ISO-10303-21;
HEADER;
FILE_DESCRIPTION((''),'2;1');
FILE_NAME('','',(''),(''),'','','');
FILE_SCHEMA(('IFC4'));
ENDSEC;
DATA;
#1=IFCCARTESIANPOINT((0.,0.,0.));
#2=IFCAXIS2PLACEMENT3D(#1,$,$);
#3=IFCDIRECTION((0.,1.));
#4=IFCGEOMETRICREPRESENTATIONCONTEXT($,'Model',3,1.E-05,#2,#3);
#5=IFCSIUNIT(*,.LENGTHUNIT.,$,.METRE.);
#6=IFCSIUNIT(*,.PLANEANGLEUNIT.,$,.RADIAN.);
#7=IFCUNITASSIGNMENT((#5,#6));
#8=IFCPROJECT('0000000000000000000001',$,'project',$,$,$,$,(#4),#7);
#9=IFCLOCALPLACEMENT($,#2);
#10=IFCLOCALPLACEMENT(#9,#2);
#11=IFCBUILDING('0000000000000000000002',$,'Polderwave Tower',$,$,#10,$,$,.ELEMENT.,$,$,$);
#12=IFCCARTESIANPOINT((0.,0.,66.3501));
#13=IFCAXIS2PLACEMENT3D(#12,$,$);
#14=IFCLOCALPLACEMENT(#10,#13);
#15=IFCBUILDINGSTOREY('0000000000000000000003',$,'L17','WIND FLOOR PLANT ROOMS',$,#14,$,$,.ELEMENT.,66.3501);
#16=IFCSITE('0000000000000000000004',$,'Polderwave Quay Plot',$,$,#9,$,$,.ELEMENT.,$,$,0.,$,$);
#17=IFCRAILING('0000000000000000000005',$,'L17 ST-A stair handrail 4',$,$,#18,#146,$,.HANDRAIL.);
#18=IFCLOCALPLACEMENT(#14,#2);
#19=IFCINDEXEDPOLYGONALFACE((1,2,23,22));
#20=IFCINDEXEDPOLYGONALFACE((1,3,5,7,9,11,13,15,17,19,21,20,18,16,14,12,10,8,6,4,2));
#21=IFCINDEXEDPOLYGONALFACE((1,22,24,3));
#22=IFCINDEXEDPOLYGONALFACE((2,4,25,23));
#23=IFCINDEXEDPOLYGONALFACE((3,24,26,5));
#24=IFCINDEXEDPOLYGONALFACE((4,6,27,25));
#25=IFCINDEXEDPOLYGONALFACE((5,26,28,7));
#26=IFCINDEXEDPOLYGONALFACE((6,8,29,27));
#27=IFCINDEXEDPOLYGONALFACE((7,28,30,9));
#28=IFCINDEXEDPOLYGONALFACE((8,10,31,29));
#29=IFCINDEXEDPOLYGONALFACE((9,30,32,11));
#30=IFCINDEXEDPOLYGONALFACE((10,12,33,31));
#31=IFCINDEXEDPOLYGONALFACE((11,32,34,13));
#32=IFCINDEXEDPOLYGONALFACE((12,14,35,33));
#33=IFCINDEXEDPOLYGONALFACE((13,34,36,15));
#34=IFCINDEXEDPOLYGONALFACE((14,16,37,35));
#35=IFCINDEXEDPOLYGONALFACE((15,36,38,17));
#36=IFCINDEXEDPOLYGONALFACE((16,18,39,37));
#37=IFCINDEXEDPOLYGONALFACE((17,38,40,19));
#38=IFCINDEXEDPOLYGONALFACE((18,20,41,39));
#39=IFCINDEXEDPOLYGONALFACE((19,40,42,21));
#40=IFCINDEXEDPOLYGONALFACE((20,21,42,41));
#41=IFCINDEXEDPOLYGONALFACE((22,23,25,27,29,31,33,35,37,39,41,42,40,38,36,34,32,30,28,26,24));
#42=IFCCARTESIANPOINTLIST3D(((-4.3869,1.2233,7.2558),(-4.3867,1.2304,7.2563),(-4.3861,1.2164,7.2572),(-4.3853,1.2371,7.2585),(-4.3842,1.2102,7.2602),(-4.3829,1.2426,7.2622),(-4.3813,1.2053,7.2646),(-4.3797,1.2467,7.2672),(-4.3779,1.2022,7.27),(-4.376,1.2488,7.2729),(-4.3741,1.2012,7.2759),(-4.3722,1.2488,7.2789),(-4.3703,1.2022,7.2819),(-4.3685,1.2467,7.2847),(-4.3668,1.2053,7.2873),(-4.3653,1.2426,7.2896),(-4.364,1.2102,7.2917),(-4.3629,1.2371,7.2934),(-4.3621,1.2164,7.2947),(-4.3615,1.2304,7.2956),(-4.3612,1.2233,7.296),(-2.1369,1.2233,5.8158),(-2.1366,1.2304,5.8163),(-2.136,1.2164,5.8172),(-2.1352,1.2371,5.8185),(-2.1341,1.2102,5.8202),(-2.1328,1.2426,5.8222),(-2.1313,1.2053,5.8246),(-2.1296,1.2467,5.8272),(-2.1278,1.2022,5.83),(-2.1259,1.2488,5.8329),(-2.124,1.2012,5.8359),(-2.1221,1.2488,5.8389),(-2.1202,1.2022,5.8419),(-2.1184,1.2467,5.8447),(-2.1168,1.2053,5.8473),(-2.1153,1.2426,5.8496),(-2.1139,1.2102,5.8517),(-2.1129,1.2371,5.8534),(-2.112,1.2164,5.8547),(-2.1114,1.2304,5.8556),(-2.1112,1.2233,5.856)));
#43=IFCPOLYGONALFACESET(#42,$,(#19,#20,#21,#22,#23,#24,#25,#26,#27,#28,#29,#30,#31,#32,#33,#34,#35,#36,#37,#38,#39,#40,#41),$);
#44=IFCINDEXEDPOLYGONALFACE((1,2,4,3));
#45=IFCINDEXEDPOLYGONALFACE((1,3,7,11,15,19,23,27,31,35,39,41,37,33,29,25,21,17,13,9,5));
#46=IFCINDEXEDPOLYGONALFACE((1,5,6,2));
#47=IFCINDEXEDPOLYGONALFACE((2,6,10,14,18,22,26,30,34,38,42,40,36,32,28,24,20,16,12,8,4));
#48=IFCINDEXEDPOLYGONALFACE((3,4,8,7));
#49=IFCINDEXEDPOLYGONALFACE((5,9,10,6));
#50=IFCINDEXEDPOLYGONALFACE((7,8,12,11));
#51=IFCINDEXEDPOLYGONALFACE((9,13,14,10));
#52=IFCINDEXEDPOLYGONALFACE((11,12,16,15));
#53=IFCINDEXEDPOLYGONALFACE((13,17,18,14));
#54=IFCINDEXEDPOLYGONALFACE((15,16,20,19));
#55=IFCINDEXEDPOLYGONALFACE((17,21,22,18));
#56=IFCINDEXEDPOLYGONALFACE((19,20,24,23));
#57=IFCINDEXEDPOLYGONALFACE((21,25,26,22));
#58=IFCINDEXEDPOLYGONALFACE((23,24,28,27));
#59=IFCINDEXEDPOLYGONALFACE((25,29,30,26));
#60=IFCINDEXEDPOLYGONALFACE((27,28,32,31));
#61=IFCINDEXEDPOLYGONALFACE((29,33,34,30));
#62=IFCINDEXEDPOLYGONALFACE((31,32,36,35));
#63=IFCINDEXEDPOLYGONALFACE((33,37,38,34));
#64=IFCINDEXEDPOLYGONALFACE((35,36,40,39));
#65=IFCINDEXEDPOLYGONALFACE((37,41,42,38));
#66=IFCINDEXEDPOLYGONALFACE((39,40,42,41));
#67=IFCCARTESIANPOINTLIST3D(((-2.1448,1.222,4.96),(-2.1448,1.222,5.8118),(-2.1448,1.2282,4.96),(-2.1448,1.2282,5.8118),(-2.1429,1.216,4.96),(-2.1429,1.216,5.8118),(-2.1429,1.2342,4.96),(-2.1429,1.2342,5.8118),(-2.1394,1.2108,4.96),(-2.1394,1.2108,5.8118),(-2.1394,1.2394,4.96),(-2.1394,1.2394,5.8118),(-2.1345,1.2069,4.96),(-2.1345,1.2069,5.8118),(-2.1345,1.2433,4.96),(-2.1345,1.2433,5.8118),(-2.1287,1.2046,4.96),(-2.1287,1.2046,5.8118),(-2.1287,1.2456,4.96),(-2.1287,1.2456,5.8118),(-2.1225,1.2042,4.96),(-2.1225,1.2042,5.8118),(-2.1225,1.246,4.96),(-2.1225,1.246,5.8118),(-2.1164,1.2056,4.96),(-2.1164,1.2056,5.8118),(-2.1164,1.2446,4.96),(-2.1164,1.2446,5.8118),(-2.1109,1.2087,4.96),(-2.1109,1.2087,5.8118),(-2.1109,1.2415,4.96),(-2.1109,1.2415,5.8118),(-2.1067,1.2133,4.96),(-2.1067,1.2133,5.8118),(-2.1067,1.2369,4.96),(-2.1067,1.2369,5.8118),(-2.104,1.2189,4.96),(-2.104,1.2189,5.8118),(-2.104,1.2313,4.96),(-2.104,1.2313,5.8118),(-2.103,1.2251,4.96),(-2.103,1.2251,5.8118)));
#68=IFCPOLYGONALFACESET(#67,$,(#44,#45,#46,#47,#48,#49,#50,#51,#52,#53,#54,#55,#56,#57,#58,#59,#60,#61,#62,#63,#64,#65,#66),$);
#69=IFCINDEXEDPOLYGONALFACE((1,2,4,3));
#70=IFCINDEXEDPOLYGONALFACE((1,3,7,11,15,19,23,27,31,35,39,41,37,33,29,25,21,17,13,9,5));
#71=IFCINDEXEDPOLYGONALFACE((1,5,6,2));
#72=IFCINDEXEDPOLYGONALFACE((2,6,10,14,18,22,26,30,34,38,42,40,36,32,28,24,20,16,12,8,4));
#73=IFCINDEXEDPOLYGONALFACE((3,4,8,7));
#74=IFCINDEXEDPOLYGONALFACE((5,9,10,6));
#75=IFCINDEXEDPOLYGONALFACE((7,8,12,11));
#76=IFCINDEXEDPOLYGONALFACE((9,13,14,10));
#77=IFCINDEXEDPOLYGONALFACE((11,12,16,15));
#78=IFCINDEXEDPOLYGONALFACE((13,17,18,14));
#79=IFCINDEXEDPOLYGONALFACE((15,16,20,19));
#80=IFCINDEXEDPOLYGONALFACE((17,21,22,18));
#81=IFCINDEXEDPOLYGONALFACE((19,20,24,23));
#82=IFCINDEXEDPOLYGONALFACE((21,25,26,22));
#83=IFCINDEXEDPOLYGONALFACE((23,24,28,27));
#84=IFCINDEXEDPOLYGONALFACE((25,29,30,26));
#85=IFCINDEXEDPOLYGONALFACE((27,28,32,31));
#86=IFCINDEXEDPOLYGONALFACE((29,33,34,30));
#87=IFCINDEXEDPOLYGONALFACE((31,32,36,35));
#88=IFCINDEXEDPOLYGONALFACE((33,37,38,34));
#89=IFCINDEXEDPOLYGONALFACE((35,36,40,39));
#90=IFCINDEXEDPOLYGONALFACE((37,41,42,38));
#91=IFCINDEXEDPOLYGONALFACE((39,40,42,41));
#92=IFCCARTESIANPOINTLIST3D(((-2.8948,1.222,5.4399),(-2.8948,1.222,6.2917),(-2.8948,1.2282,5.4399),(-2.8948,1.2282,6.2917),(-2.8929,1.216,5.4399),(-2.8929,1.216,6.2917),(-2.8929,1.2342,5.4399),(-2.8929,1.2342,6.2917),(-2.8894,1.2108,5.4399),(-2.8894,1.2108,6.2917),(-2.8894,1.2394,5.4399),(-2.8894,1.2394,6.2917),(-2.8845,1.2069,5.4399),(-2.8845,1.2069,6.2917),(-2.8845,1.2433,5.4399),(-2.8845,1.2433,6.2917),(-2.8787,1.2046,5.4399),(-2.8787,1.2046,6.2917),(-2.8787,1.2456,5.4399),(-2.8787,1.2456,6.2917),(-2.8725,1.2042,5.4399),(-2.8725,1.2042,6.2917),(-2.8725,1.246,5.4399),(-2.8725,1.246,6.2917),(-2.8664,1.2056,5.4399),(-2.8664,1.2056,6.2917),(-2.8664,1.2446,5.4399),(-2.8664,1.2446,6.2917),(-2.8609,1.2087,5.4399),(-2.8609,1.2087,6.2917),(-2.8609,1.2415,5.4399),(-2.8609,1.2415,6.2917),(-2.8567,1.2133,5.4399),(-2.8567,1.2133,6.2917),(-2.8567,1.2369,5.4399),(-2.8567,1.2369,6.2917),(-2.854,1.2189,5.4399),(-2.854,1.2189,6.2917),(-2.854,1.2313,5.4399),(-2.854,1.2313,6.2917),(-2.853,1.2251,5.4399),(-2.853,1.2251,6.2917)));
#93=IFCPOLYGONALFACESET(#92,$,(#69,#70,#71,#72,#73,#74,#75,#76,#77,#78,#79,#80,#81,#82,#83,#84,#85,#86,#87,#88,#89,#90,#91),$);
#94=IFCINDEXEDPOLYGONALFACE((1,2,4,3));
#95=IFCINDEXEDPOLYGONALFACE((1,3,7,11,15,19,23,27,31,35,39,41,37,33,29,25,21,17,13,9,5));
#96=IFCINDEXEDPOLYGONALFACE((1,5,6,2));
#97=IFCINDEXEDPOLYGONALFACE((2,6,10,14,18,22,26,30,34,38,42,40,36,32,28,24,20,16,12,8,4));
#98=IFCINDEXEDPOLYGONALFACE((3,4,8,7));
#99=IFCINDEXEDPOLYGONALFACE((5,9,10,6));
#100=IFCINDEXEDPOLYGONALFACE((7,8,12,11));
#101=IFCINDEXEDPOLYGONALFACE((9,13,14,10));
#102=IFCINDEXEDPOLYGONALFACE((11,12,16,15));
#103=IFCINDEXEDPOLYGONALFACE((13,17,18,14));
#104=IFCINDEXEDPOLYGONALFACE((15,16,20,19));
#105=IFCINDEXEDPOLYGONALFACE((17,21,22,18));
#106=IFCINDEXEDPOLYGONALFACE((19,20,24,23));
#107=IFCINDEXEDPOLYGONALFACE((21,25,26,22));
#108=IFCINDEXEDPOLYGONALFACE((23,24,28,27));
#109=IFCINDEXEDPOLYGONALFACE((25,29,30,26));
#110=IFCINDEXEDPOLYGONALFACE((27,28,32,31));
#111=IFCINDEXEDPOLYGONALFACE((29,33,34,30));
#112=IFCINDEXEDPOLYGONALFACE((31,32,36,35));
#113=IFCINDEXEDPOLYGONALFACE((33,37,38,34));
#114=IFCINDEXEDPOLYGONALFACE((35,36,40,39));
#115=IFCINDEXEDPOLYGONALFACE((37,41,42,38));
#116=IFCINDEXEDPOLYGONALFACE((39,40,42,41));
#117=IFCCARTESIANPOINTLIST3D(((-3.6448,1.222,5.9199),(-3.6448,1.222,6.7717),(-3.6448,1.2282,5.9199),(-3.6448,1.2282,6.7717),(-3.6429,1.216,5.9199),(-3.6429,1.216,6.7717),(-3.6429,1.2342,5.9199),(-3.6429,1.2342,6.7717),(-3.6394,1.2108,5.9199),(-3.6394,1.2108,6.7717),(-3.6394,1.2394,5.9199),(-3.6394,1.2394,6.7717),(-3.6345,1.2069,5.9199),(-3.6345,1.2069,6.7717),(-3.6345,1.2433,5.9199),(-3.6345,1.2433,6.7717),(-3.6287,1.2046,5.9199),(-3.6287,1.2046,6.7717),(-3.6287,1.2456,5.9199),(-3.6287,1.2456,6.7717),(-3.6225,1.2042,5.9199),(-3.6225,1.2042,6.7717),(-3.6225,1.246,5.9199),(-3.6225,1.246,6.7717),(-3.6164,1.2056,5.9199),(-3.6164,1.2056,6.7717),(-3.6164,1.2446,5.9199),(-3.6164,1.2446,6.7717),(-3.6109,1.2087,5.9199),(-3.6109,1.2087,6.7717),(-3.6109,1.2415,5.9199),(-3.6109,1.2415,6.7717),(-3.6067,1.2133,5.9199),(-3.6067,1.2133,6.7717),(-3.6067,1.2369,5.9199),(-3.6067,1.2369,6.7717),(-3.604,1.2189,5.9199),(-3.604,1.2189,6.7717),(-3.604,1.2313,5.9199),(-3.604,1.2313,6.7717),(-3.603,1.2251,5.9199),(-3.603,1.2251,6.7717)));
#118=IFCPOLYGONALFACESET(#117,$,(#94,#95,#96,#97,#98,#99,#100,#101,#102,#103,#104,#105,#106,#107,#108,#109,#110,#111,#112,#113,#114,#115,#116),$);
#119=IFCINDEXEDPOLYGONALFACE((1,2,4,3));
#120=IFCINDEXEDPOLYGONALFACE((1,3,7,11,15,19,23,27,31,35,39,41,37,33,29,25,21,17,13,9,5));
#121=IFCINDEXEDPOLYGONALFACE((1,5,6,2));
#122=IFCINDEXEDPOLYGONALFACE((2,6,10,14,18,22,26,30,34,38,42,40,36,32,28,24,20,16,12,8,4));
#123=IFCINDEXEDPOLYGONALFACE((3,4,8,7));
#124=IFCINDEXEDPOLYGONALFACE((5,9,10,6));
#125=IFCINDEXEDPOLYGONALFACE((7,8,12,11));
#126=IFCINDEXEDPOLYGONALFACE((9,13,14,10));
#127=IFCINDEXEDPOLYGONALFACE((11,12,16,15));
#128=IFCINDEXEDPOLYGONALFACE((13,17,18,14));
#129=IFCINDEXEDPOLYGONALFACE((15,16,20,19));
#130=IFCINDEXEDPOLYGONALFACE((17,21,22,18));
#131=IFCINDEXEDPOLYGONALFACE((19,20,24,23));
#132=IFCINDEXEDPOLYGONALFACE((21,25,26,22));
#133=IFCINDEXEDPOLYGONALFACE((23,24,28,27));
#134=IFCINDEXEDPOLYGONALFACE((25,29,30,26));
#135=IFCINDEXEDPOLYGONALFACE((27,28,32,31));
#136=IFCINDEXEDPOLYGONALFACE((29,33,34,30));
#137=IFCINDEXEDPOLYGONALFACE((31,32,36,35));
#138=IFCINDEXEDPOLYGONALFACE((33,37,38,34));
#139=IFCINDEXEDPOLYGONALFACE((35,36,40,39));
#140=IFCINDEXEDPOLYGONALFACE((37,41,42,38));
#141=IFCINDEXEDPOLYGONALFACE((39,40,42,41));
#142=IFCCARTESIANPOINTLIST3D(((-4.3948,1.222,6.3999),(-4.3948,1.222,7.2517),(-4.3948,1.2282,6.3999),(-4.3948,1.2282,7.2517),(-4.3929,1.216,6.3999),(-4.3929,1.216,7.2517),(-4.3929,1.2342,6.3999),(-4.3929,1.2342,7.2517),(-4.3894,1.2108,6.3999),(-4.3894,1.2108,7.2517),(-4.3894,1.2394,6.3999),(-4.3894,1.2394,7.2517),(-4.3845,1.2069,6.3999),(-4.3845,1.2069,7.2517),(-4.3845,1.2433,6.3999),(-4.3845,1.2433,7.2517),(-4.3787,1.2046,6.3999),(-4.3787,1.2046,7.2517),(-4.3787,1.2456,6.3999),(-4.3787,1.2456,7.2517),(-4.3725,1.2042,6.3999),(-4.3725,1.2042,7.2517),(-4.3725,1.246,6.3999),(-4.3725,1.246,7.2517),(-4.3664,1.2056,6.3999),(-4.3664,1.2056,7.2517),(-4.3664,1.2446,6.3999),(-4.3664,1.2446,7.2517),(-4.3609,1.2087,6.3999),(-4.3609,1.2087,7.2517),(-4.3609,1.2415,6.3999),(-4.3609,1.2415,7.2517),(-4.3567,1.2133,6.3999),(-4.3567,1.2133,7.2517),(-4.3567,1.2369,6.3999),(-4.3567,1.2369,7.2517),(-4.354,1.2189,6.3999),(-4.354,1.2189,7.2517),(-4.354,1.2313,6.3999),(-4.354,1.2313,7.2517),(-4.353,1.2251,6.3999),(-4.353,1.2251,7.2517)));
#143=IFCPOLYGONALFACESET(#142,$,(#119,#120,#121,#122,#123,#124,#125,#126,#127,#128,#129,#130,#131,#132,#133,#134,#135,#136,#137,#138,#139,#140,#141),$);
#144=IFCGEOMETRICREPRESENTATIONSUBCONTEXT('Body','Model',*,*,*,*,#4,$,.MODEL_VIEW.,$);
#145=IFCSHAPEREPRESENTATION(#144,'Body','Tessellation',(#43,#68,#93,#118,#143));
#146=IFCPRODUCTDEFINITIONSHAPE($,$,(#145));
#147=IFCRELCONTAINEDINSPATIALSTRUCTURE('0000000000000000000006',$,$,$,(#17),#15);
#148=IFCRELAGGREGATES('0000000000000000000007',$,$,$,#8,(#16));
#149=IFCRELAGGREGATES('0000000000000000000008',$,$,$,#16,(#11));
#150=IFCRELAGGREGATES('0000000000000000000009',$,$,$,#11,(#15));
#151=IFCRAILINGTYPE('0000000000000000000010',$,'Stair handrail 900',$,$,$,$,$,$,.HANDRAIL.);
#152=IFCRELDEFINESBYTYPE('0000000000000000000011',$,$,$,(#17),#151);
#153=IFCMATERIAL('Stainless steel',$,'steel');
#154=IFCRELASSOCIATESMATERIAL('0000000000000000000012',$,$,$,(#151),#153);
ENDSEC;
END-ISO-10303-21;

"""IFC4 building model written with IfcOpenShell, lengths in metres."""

from ifc_helpers import new_model, si_unit, direction, frame, origin, origin_2d, place, context, subcontext, project, spatial, circle, extrude, material, type_object, element, save


model = new_model("IFC4")

# Units and contexts
model_context = context("Model", 3, precision=1e-05, world=origin(), true_north=direction((0.0, 1.0)))
body_context = subcontext(model_context, "Body", "Model", "MODEL_VIEW")
ifc_project = project(units=[si_unit("LENGTHUNIT", "METRE"), si_unit("PLANEANGLEUNIT", "RADIAN")], contexts=[model_context])

# Site, building, storey
site_placement = place(None, origin())
site = spatial("IfcSite", under=ifc_project, at=site_placement, Name="Polderwave Quay Plot", CompositionType="ELEMENT", RefElevation=0.0)
building_placement = place(site_placement, origin())
building = spatial("IfcBuilding", under=site, at=building_placement, Name="Polderwave Tower", CompositionType="ELEMENT")
storey_placement = place(building_placement, frame((0.0, 0.0, 66.3501)))
storey = spatial("IfcBuildingStorey", under=building, at=storey_placement, Name="L17", Description="WIND FLOOR PLANT ROOMS", CompositionType="ELEMENT", Elevation=66.3501)

# Railing
ifc_material_1 = material(Name="Stainless steel", Category="steel")
railing_type_1 = type_object("IfcRailingType", Name="Stair handrail 900", PredefinedType="HANDRAIL", material=ifc_material_1)
for number, where, name in (
    (1, (-2.124, 1.2251, 4.96), "L17 ST-A stair handrail 4"),
):
    element("IfcRailing", number, at=place(storey_placement, frame(where)), inside=storey, type_object=railing_type_1, Name=name, PredefinedType="HANDRAIL", context=body_context, shape_type="SweptSolid", body=[
        extrude(circle(Radius=0.0239, at=origin_2d()), frame((0.0, 0.0, 0.876), z_axis=(-0.842281, 0.0, 0.539038), x_axis=(0.0, -1.0, 0.0)), (0.0, 0.0, 1.0), 2.6714),
        extrude(circle(Radius=0.021, at=origin_2d()), origin(), (0.0, 0.0, 1.0), 0.8518),
        extrude(circle(Radius=0.021, at=origin_2d()), frame((-0.75, 0.0, 0.48)), (0.0, 0.0, 1.0), 0.8518),
        extrude(circle(Radius=0.021, at=origin_2d()), frame((-1.5, 0.0, 0.96)), (0.0, 0.0, 1.0), 0.8518),
        extrude(circle(Radius=0.021, at=origin_2d()), frame((-2.25, 0.0, 1.4399)), (0.0, 0.0, 1.0), 0.8518),
    ])

save(model, "model.ifc")
